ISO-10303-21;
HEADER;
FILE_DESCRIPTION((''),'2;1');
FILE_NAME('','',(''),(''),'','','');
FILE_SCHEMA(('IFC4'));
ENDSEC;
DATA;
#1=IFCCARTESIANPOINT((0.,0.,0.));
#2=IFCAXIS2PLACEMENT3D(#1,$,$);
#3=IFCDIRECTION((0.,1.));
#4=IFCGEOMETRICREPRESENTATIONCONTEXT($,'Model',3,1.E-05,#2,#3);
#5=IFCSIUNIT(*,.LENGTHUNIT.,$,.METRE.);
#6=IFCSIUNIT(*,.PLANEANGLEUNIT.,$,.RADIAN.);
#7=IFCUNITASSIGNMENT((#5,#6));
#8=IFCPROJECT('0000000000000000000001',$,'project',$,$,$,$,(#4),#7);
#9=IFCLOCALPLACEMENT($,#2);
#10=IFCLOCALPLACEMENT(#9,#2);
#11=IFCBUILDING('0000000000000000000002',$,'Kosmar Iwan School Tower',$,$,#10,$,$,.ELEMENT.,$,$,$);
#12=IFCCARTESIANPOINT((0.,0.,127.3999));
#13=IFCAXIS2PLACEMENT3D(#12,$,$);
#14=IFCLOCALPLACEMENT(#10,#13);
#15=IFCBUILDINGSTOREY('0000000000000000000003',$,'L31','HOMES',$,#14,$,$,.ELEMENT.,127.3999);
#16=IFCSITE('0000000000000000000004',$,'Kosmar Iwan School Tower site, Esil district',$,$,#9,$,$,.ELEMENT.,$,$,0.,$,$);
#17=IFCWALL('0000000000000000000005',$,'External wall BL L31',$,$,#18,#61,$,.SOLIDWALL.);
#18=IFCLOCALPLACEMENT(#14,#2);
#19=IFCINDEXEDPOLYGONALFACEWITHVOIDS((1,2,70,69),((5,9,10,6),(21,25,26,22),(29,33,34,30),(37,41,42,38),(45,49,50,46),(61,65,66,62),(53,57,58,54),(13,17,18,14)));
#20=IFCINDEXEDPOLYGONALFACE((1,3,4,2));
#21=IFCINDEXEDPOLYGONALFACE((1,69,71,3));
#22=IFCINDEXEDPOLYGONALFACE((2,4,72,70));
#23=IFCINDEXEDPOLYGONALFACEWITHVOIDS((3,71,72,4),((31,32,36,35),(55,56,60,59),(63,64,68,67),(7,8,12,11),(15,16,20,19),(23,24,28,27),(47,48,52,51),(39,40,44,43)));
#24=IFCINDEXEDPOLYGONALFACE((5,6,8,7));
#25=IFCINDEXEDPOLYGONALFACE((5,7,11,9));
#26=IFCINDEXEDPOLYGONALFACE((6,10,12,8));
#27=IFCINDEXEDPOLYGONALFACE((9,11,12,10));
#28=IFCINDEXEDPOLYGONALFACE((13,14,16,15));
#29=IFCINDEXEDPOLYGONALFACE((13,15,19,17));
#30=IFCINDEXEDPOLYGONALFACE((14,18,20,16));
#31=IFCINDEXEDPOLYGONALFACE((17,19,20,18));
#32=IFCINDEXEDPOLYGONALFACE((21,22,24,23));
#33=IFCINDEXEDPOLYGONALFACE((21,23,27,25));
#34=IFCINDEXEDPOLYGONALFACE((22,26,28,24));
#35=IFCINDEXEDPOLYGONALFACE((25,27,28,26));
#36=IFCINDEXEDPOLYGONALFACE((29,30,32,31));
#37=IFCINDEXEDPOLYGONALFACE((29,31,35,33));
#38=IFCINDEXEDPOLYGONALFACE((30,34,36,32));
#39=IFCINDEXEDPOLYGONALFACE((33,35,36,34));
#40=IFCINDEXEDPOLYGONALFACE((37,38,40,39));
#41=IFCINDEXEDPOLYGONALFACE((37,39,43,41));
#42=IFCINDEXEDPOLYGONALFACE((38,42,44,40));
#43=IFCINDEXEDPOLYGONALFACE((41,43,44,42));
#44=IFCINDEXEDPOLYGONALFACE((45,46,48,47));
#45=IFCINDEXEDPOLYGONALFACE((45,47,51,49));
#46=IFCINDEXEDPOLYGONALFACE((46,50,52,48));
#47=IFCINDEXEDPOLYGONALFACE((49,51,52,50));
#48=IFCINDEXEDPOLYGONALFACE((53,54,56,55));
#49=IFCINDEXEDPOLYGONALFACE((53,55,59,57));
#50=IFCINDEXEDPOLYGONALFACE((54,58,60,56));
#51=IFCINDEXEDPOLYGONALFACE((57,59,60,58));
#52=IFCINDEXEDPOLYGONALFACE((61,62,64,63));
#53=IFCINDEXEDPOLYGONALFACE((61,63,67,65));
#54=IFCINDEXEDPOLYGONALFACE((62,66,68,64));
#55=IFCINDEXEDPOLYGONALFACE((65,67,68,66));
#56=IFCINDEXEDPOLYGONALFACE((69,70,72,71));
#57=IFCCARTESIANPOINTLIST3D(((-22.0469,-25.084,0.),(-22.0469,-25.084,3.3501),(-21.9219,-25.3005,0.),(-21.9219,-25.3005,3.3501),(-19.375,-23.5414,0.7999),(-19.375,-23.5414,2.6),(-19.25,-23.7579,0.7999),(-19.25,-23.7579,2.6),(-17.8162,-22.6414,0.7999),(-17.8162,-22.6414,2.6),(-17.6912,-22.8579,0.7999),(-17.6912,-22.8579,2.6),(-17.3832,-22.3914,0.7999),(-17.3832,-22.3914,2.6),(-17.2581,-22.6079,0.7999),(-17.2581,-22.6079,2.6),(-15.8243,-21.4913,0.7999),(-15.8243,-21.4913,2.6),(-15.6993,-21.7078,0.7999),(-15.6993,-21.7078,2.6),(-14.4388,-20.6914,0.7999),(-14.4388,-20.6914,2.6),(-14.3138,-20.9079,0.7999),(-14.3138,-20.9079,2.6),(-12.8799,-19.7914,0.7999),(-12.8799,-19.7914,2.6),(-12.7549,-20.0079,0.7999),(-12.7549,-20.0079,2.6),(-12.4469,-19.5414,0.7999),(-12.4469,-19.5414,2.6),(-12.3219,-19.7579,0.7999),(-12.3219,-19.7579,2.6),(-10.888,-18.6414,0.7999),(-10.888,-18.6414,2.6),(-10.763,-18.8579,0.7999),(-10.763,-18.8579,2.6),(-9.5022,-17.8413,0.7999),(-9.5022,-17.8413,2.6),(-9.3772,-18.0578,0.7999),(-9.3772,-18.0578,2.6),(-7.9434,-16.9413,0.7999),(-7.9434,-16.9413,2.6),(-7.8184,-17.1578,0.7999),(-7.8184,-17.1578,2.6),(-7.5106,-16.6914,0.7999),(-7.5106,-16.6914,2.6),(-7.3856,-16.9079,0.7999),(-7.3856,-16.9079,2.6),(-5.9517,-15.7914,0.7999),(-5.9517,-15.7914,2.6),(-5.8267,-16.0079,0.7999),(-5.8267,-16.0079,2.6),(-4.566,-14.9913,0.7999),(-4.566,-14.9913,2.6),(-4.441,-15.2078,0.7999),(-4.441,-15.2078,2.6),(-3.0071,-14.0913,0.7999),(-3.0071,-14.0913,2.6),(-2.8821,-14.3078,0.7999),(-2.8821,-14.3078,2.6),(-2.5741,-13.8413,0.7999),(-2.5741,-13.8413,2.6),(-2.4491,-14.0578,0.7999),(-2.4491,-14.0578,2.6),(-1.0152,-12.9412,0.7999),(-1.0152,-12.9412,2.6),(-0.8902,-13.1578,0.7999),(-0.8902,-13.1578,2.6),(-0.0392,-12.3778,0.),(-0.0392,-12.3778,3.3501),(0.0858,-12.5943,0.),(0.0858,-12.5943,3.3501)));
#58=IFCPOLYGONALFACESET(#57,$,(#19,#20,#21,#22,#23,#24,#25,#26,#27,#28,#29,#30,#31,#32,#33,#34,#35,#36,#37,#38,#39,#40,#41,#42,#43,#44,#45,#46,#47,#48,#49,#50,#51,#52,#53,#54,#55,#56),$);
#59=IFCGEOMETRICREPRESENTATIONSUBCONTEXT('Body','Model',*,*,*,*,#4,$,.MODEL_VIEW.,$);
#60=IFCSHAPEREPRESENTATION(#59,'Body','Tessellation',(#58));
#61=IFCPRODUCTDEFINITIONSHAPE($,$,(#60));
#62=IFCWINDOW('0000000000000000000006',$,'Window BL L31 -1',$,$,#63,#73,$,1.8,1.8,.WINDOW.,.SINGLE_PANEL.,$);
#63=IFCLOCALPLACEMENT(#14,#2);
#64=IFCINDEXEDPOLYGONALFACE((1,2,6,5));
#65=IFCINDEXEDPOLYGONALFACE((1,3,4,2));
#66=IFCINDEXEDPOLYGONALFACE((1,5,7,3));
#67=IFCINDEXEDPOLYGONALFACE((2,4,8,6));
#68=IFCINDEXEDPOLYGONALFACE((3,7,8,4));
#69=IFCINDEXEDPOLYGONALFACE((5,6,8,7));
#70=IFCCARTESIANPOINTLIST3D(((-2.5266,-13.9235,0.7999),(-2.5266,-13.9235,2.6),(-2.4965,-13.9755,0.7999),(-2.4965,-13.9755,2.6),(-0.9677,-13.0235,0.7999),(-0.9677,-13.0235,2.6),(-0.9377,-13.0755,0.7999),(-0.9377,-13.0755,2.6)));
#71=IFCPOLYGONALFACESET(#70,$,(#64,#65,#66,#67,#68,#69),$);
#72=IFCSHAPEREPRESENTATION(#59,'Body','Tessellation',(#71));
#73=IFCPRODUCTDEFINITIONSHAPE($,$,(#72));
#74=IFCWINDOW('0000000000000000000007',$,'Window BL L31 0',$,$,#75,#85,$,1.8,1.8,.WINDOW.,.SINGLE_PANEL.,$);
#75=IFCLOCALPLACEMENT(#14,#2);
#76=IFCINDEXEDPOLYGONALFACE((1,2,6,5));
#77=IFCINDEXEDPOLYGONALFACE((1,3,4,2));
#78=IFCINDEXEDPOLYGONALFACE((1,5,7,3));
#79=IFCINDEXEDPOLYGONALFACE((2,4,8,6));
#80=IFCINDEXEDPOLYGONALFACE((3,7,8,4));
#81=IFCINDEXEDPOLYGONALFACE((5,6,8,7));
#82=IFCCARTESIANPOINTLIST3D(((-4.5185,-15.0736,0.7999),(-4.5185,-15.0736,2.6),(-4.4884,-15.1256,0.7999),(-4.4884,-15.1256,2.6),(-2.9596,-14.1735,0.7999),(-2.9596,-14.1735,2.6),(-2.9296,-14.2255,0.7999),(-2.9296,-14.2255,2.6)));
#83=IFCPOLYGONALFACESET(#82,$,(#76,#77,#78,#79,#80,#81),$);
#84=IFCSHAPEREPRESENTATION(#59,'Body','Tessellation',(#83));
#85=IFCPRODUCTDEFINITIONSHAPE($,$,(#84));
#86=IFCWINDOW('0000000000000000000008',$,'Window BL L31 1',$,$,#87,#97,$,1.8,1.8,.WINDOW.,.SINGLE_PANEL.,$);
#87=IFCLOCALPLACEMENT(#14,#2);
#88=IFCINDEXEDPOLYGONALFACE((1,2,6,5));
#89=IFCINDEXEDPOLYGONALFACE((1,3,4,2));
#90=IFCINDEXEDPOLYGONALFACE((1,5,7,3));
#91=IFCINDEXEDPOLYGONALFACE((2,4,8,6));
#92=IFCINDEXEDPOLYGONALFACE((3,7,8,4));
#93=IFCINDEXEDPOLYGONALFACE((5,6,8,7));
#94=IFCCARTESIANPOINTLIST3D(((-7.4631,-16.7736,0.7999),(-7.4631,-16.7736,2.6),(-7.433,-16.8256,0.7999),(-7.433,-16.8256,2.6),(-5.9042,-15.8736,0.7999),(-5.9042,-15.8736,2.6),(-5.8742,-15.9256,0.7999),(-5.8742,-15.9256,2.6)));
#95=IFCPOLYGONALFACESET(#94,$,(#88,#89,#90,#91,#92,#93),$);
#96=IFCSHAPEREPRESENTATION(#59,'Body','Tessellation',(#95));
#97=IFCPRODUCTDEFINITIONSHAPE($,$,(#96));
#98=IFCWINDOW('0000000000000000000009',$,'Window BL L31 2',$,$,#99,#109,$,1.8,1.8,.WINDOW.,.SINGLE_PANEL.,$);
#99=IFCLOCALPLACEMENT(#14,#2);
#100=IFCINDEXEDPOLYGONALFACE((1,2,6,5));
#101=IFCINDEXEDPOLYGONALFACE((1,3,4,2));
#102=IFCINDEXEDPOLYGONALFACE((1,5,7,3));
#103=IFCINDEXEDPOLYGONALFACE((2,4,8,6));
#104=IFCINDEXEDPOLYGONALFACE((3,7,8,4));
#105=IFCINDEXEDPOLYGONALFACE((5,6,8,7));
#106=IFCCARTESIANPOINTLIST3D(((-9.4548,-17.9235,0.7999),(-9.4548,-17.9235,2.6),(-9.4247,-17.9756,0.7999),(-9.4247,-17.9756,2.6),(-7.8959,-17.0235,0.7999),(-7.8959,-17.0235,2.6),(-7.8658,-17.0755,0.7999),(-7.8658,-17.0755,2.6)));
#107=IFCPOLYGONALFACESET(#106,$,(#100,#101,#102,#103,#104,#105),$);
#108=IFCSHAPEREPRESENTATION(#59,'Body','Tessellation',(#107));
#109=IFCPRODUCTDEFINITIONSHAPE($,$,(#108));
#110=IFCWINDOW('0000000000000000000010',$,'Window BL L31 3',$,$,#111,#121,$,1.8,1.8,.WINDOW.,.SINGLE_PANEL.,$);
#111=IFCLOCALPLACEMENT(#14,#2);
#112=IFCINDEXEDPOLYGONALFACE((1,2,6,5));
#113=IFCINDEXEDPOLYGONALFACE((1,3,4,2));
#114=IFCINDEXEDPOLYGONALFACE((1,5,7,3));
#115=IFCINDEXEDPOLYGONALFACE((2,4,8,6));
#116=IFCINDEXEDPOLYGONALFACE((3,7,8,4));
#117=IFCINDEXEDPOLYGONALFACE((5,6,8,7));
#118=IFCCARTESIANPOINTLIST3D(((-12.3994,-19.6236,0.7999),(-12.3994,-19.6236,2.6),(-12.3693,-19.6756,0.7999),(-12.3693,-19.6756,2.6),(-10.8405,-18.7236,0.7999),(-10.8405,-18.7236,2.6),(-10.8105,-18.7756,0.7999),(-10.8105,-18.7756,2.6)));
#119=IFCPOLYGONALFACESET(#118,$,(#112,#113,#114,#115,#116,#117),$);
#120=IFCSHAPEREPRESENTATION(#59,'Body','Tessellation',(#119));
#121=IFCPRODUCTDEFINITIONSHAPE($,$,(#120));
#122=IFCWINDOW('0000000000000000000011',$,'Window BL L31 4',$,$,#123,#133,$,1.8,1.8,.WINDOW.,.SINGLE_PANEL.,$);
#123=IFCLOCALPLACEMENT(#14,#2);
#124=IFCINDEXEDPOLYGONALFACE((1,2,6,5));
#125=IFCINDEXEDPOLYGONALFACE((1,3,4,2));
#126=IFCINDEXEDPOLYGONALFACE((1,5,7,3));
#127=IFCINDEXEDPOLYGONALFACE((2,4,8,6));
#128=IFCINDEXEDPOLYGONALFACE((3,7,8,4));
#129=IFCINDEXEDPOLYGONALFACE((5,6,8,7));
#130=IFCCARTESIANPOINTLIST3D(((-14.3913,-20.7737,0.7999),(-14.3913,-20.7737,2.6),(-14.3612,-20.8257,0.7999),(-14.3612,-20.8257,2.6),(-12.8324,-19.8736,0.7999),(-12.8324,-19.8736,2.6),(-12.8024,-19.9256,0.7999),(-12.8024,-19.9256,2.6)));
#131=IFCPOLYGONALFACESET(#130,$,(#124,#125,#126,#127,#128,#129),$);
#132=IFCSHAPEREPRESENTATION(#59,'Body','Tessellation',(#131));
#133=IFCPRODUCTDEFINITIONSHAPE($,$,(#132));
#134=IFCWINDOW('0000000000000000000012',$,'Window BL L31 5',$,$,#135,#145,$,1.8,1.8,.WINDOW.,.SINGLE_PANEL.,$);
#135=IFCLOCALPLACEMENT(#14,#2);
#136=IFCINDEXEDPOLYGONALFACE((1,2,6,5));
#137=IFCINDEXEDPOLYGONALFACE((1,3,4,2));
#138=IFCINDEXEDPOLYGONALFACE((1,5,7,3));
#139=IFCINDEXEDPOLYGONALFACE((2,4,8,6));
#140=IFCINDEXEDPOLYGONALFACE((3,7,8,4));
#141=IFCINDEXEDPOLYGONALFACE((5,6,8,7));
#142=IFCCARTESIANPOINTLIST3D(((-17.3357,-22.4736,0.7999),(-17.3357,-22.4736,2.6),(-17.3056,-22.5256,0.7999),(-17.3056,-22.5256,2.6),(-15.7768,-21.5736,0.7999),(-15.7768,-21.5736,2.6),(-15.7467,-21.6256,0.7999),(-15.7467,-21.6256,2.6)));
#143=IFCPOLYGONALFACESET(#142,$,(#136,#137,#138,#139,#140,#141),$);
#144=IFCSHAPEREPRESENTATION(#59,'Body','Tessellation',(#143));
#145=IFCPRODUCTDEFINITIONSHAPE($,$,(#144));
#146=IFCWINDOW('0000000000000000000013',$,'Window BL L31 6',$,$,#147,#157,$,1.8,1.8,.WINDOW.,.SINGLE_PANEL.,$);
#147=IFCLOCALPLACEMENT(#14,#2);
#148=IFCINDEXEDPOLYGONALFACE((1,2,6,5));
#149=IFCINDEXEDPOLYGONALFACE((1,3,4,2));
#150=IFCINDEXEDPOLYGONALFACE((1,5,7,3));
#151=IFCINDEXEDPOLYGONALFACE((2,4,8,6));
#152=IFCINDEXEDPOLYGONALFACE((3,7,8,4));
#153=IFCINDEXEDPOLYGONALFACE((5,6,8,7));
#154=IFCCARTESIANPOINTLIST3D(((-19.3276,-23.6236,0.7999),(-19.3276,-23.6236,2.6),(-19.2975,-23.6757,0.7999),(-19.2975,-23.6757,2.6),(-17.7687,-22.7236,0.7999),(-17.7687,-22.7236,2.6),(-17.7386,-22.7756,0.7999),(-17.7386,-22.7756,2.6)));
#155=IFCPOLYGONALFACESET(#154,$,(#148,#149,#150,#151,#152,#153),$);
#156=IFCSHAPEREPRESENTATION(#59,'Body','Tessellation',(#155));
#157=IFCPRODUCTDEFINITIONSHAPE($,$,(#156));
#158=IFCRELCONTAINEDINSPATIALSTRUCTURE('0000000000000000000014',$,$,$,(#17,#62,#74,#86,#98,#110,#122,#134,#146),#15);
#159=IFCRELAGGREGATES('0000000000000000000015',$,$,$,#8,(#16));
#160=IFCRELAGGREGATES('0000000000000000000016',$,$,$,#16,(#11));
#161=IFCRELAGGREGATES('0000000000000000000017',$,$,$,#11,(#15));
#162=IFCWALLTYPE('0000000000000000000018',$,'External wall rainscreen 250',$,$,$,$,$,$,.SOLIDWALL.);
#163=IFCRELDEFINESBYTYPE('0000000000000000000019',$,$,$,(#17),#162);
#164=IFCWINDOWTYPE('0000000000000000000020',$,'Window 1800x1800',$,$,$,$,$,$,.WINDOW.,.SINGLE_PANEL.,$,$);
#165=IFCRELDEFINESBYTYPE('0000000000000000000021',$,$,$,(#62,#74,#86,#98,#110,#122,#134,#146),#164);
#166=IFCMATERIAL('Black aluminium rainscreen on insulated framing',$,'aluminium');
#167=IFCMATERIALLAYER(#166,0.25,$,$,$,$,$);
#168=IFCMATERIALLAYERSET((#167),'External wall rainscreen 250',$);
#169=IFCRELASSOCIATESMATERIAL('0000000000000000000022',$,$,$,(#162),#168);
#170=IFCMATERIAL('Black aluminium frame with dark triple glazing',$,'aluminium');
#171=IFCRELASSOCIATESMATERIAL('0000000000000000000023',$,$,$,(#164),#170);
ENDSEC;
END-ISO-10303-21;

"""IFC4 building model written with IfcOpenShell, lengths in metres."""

from ifc_helpers import new_model, si_unit, direction, frame, frame_2d, origin, place, context, subcontext, project, spatial, rectangle, extrude, material, layer, layer_set, type_object, element, fill, save


model = new_model("IFC4")

# Units and contexts
model_context = context("Model", 3, precision=1e-05, world=origin(), true_north=direction((0.0, 1.0)))
body_context = subcontext(model_context, "Body", "Model", "MODEL_VIEW")
ifc_project = project(units=[si_unit("LENGTHUNIT", "METRE"), si_unit("PLANEANGLEUNIT", "RADIAN")], contexts=[model_context])

# Site, building, storey
site_placement = place(None, origin())
site = spatial("IfcSite", under=ifc_project, at=site_placement, Name="Kosmar Iwan School Tower site, Esil district", CompositionType="ELEMENT", RefElevation=0.0)
building_placement = place(site_placement, origin())
building = spatial("IfcBuilding", under=site, at=building_placement, Name="Kosmar Iwan School Tower", CompositionType="ELEMENT")
storey_placement = place(building_placement, frame((0.0, 0.0, 127.3999)))
storey = spatial("IfcBuildingStorey", under=building, at=storey_placement, Name="L31", Description="HOMES", CompositionType="ELEMENT", Elevation=127.3999)

# Wall, openings, windows
ifc_material_1 = material(Name="Black aluminium rainscreen on insulated framing", Category="aluminium")
ifc_layer = layer(ifc_material_1, 0.25)
ifc_layer_set = layer_set([ifc_layer], Name="External wall rainscreen 250")
wall_type = type_object("IfcWallType", Name="External wall rainscreen 250", PredefinedType="SOLIDWALL", material=ifc_layer_set)
wall_1_placement = place(storey_placement, frame((0.0232, -12.4861, 0.0), z_axis=(0.0, 0.0, 1.0), x_axis=(-0.866024, -0.500002, 0.0)))
wall_1 = element("IfcWall", 1, at=wall_1_placement, inside=storey, type_object=wall_type, Name="External wall BL L31", PredefinedType="SOLIDWALL", context=body_context, shape_type="SweptSolid", body=[
    extrude(rectangle(XDim=25.4124, YDim=0.25, at=frame_2d((12.7061, 0.0))), origin(), (0.0, 0.0, 1.0), 3.3501),
])
opening_1_placement = place(wall_1_placement, frame((1.127, 0.0, 0.8)))
opening_1 = element("IfcOpeningElement", 2, at=opening_1_placement, cuts=wall_1, PredefinedType="OPENING", context=body_context, shape_type="SweptSolid", body=[
    extrude(rectangle(XDim=1.8, YDim=1.8, at=frame_2d((0.8999, 0.8999))), frame((0.0, 0.137, 0.0), z_axis=(0.0, -1.0, 0.0), x_axis=(1.0, 0.0, 0.0)), (0.0, 0.0, 1.0), 0.2739),
])
opening_2_placement = place(wall_1_placement, frame((3.427, 0.0, 0.8)))
opening_2 = element("IfcOpeningElement", 3, at=opening_2_placement, cuts=wall_1, PredefinedType="OPENING", context=body_context, shape_type="SweptSolid", body=[
    extrude(rectangle(XDim=1.8, YDim=1.8, at=frame_2d((0.8999, 0.8999))), frame((0.0, 0.137, 0.0), z_axis=(0.0, -1.0, 0.0), x_axis=(1.0, 0.0, 0.0)), (0.0, 0.0, 1.0), 0.2739),
])
opening_3_placement = place(wall_1_placement, frame((6.8271, 0.0, 0.8)))
opening_3 = element("IfcOpeningElement", 4, at=opening_3_placement, cuts=wall_1, PredefinedType="OPENING", context=body_context, shape_type="SweptSolid", body=[
    extrude(rectangle(XDim=1.8, YDim=1.8, at=frame_2d((0.8999, 0.8999))), frame((0.0, 0.137, 0.0), z_axis=(0.0, -1.0, 0.0), x_axis=(1.0, 0.0, 0.0)), (0.0, 0.0, 1.0), 0.2739),
])
opening_4_placement = place(wall_1_placement, frame((9.127, 0.0, 0.8)))
opening_4 = element("IfcOpeningElement", 5, at=opening_4_placement, cuts=wall_1, PredefinedType="OPENING", context=body_context, shape_type="SweptSolid", body=[
    extrude(rectangle(XDim=1.8, YDim=1.8, at=frame_2d((0.8999, 0.8999))), frame((0.0, 0.137, 0.0), z_axis=(0.0, -1.0, 0.0), x_axis=(1.0, 0.0, 0.0)), (0.0, 0.0, 1.0), 0.2739),
])
opening_5_placement = place(wall_1_placement, frame((12.5271, 0.0, 0.8)))
opening_5 = element("IfcOpeningElement", 6, at=opening_5_placement, cuts=wall_1, PredefinedType="OPENING", context=body_context, shape_type="SweptSolid", body=[
    extrude(rectangle(XDim=1.8, YDim=1.8, at=frame_2d((0.8999, 0.8999))), frame((0.0, 0.137, 0.0), z_axis=(0.0, -1.0, 0.0), x_axis=(1.0, 0.0, 0.0)), (0.0, 0.0, 1.0), 0.2739),
])
opening_6_placement = place(wall_1_placement, frame((14.8271, 0.0, 0.8)))
opening_6 = element("IfcOpeningElement", 7, at=opening_6_placement, cuts=wall_1, PredefinedType="OPENING", context=body_context, shape_type="SweptSolid", body=[
    extrude(rectangle(XDim=1.8, YDim=1.8, at=frame_2d((0.8999, 0.8999))), frame((0.0, 0.137, 0.0), z_axis=(0.0, -1.0, 0.0), x_axis=(1.0, 0.0, 0.0)), (0.0, 0.0, 1.0), 0.2739),
])
opening_7_placement = place(wall_1_placement, frame((18.2271, 0.0, 0.8)))
opening_7 = element("IfcOpeningElement", 8, at=opening_7_placement, cuts=wall_1, PredefinedType="OPENING", context=body_context, shape_type="SweptSolid", body=[
    extrude(rectangle(XDim=1.8, YDim=1.8, at=frame_2d((0.8999, 0.8999))), frame((0.0, 0.137, 0.0), z_axis=(0.0, -1.0, 0.0), x_axis=(1.0, 0.0, 0.0)), (0.0, 0.0, 1.0), 0.2739),
])
opening_8_placement = place(wall_1_placement, frame((20.5271, 0.0, 0.8)))
opening_8 = element("IfcOpeningElement", 9, at=opening_8_placement, cuts=wall_1, PredefinedType="OPENING", context=body_context, shape_type="SweptSolid", body=[
    extrude(rectangle(XDim=1.8, YDim=1.8, at=frame_2d((0.8999, 0.8999))), frame((0.0, 0.137, 0.0), z_axis=(0.0, -1.0, 0.0), x_axis=(1.0, 0.0, 0.0)), (0.0, 0.0, 1.0), 0.2739),
])
ifc_material_2 = material(Name="Black aluminium frame with dark triple glazing", Category="aluminium")
window_type = type_object("IfcWindowType", Name="Window 1800x1800", PartitioningType="SINGLE_PANEL", PredefinedType="WINDOW", material=ifc_material_2)
window_1_placement = place(opening_1_placement, origin())
window_1 = element("IfcWindow", 10, at=window_1_placement, inside=storey, type_object=window_type, Name="Window BL L31 -1", OverallHeight=1.8, OverallWidth=1.8, PartitioningType="SINGLE_PANEL", PredefinedType="WINDOW", context=body_context, shape_type="SweptSolid", body=[
    extrude(rectangle(XDim=1.8, YDim=1.8, at=frame_2d((0.8999, 0.8999))), frame((0.0, 0.03, 0.0), z_axis=(0.0, -1.0, 0.0), x_axis=(1.0, 0.0, 0.0)), (0.0, 0.0, 1.0), 0.0601),
])
fill(opening_1, window_1)
window_2_placement = place(opening_2_placement, origin())
window_2 = element("IfcWindow", 11, at=window_2_placement, inside=storey, type_object=window_type, Name="Window BL L31 0", OverallHeight=1.8, OverallWidth=1.8, PartitioningType="SINGLE_PANEL", PredefinedType="WINDOW", context=body_context, shape_type="SweptSolid", body=[
    extrude(rectangle(XDim=1.8, YDim=1.8, at=frame_2d((0.8999, 0.8999))), frame((0.0, 0.03, 0.0), z_axis=(0.0, -1.0, 0.0), x_axis=(1.0, 0.0, 0.0)), (0.0, 0.0, 1.0), 0.0601),
])
fill(opening_2, window_2)
window_3_placement = place(opening_3_placement, origin())
window_3 = element("IfcWindow", 12, at=window_3_placement, inside=storey, type_object=window_type, Name="Window BL L31 1", OverallHeight=1.8, OverallWidth=1.8, PartitioningType="SINGLE_PANEL", PredefinedType="WINDOW", context=body_context, shape_type="SweptSolid", body=[
    extrude(rectangle(XDim=1.8, YDim=1.8, at=frame_2d((0.8999, 0.8999))), frame((0.0, 0.03, 0.0), z_axis=(0.0, -1.0, 0.0), x_axis=(1.0, 0.0, 0.0)), (0.0, 0.0, 1.0), 0.0601),
])
fill(opening_3, window_3)
window_4_placement = place(opening_4_placement, origin())
window_4 = element("IfcWindow", 13, at=window_4_placement, inside=storey, type_object=window_type, Name="Window BL L31 2", OverallHeight=1.8, OverallWidth=1.8, PartitioningType="SINGLE_PANEL", PredefinedType="WINDOW", context=body_context, shape_type="SweptSolid", body=[
    extrude(rectangle(XDim=1.8, YDim=1.8, at=frame_2d((0.8999, 0.8999))), frame((0.0, 0.03, 0.0), z_axis=(0.0, -1.0, 0.0), x_axis=(1.0, 0.0, 0.0)), (0.0, 0.0, 1.0), 0.0601),
])
fill(opening_4, window_4)
window_5_placement = place(opening_5_placement, origin())
window_5 = element("IfcWindow", 14, at=window_5_placement, inside=storey, type_object=window_type, Name="Window BL L31 3", OverallHeight=1.8, OverallWidth=1.8, PartitioningType="SINGLE_PANEL", PredefinedType="WINDOW", context=body_context, shape_type="SweptSolid", body=[
    extrude(rectangle(XDim=1.8, YDim=1.8, at=frame_2d((0.8999, 0.8999))), frame((0.0, 0.03, 0.0), z_axis=(0.0, -1.0, 0.0), x_axis=(1.0, 0.0, 0.0)), (0.0, 0.0, 1.0), 0.0601),
])
fill(opening_5, window_5)
window_6_placement = place(opening_6_placement, origin())
window_6 = element("IfcWindow", 15, at=window_6_placement, inside=storey, type_object=window_type, Name="Window BL L31 4", OverallHeight=1.8, OverallWidth=1.8, PartitioningType="SINGLE_PANEL", PredefinedType="WINDOW", context=body_context, shape_type="SweptSolid", body=[
    extrude(rectangle(XDim=1.8, YDim=1.8, at=frame_2d((0.8999, 0.8999))), frame((0.0, 0.03, 0.0), z_axis=(0.0, -1.0, 0.0), x_axis=(1.0, 0.0, 0.0)), (0.0, 0.0, 1.0), 0.0601),
])
fill(opening_6, window_6)
window_7_placement = place(opening_7_placement, origin())
window_7 = element("IfcWindow", 16, at=window_7_placement, inside=storey, type_object=window_type, Name="Window BL L31 5", OverallHeight=1.8, OverallWidth=1.8, PartitioningType="SINGLE_PANEL", PredefinedType="WINDOW", context=body_context, shape_type="SweptSolid", body=[
    extrude(rectangle(XDim=1.8, YDim=1.8, at=frame_2d((0.8999, 0.8999))), frame((0.0, 0.03, 0.0), z_axis=(0.0, -1.0, 0.0), x_axis=(1.0, 0.0, 0.0)), (0.0, 0.0, 1.0), 0.0601),
])
fill(opening_7, window_7)
window_8_placement = place(opening_8_placement, origin())
window_8 = element("IfcWindow", 17, at=window_8_placement, inside=storey, type_object=window_type, Name="Window BL L31 6", OverallHeight=1.8, OverallWidth=1.8, PartitioningType="SINGLE_PANEL", PredefinedType="WINDOW", context=body_context, shape_type="SweptSolid", body=[
    extrude(rectangle(XDim=1.8, YDim=1.8, at=frame_2d((0.8999, 0.8999))), frame((0.0, 0.03, 0.0), z_axis=(0.0, -1.0, 0.0), x_axis=(1.0, 0.0, 0.0)), (0.0, 0.0, 1.0), 0.0601),
])
fill(opening_8, window_8)

save(model, "model.ifc")
